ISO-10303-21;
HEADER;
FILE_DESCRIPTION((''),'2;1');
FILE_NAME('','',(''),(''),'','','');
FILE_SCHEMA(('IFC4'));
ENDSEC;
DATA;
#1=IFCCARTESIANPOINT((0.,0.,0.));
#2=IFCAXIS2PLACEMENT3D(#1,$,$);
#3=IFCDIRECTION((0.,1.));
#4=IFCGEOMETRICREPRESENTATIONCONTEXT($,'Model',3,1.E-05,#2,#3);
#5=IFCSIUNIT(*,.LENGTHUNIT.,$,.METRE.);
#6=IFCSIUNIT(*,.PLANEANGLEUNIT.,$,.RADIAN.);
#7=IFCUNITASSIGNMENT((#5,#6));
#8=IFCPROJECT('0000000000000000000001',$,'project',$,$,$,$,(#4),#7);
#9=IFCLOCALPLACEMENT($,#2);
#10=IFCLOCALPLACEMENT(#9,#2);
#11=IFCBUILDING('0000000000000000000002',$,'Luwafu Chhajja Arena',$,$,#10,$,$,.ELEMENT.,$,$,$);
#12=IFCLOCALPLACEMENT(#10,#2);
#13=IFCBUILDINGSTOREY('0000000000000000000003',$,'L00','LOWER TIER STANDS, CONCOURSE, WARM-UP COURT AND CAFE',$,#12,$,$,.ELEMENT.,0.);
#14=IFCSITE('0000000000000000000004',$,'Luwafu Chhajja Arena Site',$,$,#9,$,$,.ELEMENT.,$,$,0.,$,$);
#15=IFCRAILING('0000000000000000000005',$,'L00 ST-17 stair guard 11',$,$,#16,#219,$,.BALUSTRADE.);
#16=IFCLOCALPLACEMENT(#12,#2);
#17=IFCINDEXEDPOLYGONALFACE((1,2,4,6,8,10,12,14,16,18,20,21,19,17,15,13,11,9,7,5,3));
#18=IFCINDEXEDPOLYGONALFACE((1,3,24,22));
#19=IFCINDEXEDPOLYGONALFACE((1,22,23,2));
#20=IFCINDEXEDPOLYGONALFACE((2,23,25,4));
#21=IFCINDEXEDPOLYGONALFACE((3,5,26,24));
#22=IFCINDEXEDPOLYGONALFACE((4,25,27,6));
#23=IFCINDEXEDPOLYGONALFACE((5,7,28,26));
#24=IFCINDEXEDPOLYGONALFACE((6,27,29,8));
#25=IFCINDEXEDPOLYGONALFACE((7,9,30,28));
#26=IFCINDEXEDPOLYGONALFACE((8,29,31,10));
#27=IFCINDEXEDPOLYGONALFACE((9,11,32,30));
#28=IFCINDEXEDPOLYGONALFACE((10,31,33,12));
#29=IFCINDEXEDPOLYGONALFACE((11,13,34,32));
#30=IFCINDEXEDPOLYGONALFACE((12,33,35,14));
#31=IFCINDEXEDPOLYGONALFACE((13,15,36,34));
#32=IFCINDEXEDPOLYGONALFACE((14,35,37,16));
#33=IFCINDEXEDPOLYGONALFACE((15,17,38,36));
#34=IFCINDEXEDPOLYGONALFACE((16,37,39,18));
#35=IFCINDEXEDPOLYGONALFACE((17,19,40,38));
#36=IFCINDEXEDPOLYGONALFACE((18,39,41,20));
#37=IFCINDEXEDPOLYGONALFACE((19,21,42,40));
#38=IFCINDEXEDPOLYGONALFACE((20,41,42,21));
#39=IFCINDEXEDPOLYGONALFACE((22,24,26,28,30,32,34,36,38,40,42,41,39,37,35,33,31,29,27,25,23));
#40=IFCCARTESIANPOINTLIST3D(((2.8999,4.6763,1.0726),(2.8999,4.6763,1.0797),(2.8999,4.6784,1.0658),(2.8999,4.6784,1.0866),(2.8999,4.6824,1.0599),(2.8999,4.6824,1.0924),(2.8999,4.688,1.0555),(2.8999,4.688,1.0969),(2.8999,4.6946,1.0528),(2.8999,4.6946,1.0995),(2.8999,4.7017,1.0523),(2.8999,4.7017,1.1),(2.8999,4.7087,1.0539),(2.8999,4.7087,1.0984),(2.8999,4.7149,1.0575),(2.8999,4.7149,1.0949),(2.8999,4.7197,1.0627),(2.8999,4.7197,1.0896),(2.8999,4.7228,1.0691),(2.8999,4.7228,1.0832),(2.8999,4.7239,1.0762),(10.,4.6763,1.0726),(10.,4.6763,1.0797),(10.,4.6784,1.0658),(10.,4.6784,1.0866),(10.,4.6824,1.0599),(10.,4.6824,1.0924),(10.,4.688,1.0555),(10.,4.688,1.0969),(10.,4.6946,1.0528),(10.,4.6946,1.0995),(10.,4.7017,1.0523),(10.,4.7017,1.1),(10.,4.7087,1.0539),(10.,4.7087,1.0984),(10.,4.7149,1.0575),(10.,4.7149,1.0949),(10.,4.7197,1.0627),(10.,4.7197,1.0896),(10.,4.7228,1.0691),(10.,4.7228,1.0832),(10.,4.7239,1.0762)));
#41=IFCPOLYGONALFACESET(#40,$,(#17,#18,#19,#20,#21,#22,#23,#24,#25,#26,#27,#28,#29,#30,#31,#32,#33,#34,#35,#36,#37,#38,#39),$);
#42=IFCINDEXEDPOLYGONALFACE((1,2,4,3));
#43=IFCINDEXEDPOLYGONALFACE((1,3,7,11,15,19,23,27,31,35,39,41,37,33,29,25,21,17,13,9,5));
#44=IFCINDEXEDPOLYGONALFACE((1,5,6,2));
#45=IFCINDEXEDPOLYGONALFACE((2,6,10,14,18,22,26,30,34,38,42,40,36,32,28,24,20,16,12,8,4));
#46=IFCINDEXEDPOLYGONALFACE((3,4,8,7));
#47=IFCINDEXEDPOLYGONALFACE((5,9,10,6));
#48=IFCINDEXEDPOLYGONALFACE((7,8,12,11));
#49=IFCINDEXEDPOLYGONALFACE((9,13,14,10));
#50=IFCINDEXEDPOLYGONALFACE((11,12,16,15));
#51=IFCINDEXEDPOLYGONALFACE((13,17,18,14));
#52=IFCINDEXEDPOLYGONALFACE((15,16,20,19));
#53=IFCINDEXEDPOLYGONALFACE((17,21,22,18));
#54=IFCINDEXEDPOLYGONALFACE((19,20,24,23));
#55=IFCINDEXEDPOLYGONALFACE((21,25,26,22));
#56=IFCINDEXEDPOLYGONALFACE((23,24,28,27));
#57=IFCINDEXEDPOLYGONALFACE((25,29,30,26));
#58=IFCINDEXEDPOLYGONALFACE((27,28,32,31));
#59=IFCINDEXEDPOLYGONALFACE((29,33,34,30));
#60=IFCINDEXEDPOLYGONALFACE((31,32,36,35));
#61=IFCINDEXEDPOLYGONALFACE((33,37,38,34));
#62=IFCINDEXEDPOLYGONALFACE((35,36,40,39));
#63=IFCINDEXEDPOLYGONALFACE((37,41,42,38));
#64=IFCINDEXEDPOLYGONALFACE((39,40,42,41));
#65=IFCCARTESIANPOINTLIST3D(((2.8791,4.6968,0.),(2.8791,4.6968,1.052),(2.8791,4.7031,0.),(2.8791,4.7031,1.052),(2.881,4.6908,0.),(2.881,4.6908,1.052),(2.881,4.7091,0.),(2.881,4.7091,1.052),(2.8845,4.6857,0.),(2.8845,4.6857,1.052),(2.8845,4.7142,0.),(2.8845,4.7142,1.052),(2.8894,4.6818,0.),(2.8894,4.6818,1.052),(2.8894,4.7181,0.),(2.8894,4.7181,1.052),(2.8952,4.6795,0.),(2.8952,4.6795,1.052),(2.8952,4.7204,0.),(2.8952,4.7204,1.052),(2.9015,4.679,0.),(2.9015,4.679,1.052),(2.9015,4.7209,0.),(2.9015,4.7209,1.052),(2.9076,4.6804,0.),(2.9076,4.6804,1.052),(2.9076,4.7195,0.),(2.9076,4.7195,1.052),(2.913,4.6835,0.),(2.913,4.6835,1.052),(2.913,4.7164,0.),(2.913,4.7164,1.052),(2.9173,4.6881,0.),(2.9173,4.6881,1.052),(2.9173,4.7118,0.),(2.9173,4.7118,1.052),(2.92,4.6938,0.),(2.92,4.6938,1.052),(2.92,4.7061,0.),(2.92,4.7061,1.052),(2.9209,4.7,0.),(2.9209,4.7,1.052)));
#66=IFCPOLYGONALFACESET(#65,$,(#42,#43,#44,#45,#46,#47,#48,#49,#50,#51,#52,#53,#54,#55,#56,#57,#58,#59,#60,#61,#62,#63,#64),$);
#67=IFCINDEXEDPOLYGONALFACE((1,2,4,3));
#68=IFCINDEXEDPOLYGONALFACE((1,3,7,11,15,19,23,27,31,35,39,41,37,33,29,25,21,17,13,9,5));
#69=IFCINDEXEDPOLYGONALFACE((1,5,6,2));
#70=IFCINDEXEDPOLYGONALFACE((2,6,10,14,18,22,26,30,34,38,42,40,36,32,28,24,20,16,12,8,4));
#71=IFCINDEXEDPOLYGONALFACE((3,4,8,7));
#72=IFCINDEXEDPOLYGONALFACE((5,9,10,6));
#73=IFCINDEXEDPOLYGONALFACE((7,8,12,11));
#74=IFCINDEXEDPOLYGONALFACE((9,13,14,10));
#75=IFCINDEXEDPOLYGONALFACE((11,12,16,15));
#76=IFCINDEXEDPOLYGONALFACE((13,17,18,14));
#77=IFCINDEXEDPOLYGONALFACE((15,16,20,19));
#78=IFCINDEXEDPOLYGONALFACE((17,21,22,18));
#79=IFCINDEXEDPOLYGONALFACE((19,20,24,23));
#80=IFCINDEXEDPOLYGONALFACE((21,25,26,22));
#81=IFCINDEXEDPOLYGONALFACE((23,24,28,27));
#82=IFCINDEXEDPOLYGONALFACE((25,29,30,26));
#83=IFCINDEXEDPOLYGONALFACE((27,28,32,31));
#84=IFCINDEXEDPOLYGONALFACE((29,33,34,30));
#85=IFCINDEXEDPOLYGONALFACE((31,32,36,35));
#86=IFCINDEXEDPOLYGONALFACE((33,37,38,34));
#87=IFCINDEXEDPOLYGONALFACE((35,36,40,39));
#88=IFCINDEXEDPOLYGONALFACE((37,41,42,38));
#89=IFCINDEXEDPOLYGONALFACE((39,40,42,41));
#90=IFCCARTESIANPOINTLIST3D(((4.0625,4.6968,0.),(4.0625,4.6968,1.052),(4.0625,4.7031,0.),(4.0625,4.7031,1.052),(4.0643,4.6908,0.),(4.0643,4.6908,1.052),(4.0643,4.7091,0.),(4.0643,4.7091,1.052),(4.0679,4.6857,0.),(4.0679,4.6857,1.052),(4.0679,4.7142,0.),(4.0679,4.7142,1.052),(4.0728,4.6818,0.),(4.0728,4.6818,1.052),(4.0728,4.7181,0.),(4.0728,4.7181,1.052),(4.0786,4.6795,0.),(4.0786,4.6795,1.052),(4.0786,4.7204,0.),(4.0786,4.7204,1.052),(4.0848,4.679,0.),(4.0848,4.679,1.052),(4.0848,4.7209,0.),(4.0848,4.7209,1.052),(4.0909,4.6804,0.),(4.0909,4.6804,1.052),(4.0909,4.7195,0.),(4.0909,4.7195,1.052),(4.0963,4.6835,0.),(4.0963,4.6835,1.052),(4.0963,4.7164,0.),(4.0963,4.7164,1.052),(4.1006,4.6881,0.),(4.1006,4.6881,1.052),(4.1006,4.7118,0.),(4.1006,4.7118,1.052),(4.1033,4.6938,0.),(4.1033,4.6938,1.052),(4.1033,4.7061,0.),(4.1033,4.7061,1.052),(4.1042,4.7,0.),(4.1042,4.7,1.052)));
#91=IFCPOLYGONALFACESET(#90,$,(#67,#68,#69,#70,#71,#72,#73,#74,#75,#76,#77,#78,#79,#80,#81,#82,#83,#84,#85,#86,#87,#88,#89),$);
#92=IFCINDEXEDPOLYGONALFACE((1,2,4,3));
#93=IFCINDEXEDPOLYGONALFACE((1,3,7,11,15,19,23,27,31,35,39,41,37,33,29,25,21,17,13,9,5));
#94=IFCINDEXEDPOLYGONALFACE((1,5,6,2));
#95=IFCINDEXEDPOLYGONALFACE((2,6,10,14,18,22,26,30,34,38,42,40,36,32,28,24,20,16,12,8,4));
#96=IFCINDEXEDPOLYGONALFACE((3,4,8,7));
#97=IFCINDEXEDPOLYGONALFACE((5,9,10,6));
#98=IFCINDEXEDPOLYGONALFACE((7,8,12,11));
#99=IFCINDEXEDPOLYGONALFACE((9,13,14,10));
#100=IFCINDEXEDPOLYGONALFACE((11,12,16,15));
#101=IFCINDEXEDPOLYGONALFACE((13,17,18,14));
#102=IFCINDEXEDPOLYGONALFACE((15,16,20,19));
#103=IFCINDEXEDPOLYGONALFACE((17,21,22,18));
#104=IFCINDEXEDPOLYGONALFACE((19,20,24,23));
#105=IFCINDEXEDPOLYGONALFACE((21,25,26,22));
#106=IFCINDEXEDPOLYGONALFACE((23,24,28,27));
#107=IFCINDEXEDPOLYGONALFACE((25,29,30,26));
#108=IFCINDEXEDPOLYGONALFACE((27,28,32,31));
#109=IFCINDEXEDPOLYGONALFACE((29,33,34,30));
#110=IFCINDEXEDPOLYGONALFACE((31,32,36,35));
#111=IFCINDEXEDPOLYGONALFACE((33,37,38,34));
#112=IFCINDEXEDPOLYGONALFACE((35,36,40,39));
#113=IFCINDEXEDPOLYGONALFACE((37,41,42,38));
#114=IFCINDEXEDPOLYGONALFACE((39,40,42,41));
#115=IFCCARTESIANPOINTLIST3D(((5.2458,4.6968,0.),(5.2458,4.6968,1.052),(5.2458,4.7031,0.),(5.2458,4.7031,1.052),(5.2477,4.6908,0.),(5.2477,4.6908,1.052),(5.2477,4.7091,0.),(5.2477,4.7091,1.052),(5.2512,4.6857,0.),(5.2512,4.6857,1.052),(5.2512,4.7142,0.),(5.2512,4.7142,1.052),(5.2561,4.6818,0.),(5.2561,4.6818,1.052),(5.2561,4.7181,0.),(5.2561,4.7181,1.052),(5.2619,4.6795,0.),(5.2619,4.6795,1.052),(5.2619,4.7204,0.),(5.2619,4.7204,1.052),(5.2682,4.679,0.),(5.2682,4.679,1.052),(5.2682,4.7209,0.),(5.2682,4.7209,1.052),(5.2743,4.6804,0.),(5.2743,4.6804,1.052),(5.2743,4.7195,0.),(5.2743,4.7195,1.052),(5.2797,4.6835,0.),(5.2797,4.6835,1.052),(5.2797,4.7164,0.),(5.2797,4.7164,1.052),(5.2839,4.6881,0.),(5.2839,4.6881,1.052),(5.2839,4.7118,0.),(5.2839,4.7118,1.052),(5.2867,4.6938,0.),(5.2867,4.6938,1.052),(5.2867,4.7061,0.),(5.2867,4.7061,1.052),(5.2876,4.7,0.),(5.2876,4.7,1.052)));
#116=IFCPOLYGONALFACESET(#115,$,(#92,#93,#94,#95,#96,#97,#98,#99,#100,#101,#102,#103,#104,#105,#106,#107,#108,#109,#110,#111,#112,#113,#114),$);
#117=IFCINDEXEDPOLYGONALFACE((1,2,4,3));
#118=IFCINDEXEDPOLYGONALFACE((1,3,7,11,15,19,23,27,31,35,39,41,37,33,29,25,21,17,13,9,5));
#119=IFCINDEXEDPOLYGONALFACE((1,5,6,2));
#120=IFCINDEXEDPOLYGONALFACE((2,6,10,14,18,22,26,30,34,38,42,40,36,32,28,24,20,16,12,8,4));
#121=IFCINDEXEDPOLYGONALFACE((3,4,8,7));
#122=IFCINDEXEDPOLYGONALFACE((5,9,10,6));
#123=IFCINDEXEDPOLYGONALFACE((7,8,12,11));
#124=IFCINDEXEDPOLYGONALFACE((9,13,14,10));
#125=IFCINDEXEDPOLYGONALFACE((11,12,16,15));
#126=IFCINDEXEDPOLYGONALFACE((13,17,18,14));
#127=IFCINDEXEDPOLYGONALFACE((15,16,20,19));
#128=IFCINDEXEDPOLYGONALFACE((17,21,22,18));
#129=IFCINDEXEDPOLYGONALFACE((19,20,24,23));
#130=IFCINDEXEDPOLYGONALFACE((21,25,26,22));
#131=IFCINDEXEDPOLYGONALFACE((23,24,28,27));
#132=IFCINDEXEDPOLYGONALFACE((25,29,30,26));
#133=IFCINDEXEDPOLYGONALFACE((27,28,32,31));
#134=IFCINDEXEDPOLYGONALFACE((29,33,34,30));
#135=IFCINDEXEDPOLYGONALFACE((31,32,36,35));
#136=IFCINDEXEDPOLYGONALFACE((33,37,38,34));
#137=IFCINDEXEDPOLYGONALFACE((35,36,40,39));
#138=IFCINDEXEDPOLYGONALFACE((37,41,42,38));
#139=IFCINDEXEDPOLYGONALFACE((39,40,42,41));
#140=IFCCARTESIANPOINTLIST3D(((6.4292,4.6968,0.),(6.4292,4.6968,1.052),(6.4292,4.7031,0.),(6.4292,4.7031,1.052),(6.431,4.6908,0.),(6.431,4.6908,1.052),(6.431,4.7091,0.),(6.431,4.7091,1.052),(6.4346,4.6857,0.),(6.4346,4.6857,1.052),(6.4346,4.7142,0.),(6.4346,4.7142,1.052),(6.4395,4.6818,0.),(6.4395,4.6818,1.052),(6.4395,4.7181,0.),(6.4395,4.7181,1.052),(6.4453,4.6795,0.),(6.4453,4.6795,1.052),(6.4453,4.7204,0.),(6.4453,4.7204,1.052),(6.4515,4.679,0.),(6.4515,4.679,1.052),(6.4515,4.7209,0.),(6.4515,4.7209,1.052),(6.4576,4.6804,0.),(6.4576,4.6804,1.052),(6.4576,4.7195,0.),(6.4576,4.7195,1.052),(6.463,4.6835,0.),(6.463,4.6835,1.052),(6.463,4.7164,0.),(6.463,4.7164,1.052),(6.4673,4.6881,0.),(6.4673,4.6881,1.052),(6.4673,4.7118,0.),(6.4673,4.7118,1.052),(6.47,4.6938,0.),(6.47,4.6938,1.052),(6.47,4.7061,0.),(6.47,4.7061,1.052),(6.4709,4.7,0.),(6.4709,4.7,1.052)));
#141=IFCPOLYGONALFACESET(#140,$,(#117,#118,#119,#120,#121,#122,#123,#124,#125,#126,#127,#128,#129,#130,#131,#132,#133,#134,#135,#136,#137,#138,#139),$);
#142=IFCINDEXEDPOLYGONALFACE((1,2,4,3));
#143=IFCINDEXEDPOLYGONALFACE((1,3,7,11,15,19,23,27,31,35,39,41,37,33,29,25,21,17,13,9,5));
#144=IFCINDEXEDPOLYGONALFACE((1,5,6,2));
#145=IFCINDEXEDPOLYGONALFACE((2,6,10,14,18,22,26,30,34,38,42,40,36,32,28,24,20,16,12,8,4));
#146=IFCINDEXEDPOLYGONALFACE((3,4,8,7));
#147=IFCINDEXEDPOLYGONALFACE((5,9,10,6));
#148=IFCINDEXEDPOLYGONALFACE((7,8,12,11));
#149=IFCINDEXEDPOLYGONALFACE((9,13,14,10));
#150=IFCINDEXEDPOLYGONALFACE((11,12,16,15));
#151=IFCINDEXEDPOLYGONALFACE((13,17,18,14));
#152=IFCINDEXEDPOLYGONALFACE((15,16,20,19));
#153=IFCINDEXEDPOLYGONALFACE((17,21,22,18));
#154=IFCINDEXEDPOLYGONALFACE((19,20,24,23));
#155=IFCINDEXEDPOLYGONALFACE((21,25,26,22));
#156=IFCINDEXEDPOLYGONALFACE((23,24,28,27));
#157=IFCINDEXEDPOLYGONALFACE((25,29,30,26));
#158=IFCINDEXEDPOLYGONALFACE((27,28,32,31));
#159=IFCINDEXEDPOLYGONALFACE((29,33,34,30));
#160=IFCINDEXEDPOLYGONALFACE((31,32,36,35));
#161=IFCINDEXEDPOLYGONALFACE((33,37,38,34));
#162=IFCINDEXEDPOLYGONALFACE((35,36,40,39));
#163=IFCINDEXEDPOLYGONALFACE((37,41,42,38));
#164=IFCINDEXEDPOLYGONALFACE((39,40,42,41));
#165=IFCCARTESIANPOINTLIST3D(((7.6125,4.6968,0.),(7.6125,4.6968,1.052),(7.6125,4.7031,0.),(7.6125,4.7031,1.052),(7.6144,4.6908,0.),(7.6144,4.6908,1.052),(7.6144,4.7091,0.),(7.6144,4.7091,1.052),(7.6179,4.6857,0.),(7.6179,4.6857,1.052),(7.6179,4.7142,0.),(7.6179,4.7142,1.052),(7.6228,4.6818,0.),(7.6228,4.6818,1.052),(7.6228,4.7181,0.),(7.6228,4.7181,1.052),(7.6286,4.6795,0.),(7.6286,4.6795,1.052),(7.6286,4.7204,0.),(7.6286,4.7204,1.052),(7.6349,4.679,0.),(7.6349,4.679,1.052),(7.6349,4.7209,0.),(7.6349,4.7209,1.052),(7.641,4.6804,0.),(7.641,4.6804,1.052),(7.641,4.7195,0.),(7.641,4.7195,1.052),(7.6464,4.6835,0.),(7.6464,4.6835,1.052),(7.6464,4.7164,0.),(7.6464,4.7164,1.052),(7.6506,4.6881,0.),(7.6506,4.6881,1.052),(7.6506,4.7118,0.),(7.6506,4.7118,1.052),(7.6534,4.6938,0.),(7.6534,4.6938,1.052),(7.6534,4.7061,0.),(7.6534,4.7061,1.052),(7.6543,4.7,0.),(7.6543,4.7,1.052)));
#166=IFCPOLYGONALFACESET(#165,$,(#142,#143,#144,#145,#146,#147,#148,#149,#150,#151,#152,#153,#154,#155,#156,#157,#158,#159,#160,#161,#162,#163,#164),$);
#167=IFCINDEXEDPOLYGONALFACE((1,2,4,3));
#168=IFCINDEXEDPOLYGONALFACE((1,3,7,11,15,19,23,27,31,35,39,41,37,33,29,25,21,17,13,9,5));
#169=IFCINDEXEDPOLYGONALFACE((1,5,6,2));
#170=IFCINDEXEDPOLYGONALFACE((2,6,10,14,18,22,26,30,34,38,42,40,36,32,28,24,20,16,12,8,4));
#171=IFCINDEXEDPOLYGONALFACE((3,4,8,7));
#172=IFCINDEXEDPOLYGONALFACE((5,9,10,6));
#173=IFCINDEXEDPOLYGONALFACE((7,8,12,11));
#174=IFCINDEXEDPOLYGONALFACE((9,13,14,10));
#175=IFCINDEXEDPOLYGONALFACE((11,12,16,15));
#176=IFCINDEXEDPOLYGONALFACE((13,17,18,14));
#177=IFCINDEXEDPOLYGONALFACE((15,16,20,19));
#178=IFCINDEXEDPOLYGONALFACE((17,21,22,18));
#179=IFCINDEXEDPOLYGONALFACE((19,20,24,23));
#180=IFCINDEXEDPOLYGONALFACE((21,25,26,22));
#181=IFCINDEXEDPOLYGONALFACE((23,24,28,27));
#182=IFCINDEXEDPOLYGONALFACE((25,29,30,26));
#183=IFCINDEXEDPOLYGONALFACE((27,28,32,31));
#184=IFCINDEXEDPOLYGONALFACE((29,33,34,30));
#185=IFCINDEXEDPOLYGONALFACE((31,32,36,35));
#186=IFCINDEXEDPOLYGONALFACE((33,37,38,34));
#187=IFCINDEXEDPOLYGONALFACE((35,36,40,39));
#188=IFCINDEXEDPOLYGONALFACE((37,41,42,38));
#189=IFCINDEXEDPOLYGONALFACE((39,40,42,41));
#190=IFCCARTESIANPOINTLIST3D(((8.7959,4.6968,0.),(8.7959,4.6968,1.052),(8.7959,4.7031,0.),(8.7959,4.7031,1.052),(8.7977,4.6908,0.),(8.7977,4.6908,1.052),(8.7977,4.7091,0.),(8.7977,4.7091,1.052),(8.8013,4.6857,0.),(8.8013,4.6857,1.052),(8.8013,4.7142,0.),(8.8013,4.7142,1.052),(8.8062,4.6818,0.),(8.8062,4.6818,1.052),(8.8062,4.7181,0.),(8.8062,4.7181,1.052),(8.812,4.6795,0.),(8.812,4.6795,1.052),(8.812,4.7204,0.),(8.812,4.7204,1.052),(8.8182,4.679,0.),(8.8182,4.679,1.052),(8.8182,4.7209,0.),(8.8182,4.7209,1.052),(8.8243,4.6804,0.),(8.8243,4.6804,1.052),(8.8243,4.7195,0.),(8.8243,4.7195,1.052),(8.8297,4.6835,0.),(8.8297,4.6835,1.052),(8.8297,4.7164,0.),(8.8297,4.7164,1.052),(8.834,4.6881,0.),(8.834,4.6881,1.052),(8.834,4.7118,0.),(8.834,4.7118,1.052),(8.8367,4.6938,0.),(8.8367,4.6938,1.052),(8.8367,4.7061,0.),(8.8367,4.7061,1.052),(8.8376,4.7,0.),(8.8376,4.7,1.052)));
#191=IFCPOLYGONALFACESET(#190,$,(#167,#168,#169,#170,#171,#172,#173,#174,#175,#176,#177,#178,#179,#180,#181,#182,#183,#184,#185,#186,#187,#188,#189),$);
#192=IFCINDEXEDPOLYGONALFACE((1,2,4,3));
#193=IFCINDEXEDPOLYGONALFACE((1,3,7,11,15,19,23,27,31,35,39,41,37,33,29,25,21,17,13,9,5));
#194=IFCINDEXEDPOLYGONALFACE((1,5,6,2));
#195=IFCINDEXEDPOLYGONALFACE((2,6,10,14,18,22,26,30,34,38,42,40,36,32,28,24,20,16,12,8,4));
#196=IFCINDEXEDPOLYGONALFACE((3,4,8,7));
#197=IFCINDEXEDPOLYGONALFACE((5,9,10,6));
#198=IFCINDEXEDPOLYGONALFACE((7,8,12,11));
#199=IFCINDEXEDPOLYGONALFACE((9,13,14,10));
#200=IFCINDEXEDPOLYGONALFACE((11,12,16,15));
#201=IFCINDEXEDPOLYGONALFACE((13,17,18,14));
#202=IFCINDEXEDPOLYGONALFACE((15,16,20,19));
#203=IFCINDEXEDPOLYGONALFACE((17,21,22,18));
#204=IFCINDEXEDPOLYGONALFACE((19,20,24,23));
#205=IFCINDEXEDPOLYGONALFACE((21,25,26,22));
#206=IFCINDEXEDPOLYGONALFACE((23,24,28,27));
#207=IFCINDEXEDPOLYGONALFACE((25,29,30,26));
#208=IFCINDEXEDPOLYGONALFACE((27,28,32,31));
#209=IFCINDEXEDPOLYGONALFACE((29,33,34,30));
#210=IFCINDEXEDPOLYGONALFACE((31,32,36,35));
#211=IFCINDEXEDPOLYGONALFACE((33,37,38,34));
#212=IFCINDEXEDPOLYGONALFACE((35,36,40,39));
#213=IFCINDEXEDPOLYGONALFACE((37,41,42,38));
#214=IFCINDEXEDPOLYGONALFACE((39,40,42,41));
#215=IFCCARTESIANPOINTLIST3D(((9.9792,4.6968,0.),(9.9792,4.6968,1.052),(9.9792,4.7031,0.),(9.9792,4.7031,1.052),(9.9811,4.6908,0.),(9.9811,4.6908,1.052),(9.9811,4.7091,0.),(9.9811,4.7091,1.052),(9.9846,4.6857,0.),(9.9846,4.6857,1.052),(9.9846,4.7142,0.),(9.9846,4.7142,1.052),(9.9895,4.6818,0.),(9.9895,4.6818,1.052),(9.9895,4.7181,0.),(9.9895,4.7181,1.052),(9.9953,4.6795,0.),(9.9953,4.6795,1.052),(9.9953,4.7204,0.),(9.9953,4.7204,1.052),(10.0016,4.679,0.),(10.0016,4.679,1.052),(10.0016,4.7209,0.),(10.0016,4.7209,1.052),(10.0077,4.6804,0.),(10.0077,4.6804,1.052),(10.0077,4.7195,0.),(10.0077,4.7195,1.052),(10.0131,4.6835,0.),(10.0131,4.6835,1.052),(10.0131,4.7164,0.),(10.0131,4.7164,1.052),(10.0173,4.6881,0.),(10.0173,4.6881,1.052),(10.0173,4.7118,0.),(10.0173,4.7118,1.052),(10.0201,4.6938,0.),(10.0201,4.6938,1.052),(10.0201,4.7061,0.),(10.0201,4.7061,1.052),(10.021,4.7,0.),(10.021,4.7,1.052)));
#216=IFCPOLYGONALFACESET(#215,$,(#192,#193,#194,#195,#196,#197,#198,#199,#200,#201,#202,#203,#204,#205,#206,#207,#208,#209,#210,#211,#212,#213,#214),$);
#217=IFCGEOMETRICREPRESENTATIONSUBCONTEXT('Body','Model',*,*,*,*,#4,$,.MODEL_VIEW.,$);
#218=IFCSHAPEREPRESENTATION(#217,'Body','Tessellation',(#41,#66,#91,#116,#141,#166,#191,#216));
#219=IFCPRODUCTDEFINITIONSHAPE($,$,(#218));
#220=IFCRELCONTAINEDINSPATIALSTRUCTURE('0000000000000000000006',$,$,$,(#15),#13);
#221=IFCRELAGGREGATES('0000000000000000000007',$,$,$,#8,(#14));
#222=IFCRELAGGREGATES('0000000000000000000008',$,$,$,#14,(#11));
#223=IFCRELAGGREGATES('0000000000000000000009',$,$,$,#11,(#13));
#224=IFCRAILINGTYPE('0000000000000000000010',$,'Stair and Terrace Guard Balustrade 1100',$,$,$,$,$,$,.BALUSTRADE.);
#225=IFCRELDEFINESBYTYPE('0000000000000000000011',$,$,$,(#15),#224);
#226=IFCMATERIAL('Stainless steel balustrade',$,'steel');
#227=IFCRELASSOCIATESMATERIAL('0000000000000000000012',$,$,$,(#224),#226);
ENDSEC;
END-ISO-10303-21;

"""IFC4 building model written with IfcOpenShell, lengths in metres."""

from ifc_helpers import new_model, si_unit, direction, frame, origin, origin_2d, place, context, subcontext, project, spatial, circle, extrude, material, type_object, element, save


model = new_model("IFC4")

# Units and contexts
model_context = context("Model", 3, precision=1e-05, world=origin(), true_north=direction((0.0, 1.0)))
body_context = subcontext(model_context, "Body", "Model", "MODEL_VIEW")
ifc_project = project(units=[si_unit("LENGTHUNIT", "METRE"), si_unit("PLANEANGLEUNIT", "RADIAN")], contexts=[model_context])

# Site, building, storey
site_placement = place(None, origin())
site = spatial("IfcSite", under=ifc_project, at=site_placement, Name="Luwafu Chhajja Arena Site", CompositionType="ELEMENT", RefElevation=0.0)
building_placement = place(site_placement, origin())
building = spatial("IfcBuilding", under=site, at=building_placement, Name="Luwafu Chhajja Arena", CompositionType="ELEMENT")
storey_placement = place(building_placement, origin())
storey = spatial("IfcBuildingStorey", under=building, at=storey_placement, Name="L00", Description="LOWER TIER STANDS, CONCOURSE, WARM-UP COURT AND CAFE", CompositionType="ELEMENT", Elevation=0.0)

# Railing
ifc_material_1 = material(Name="Stainless steel balustrade", Category="steel")
railing_type_1 = type_object("IfcRailingType", Name="Stair and Terrace Guard Balustrade 1100", PredefinedType="BALUSTRADE", material=ifc_material_1)
for number, where, name in (
    (1, (2.8999, 4.7, 0.0), "L00 ST-17 stair guard 11"),
):
    element("IfcRailing", number, at=place(storey_placement, frame(where)), inside=storey, type_object=railing_type_1, Name=name, PredefinedType="BALUSTRADE", context=body_context, shape_type="SweptSolid", body=[
        extrude(circle(Radius=0.0239, at=origin_2d()), frame((0.0, 0.0, 1.0762), z_axis=(1.0, 0.0, 0.0), x_axis=(0.0, 1.0, 0.0)), (0.0, 0.0, 1.0), 7.1001),
        extrude(circle(Radius=0.021, at=origin_2d()), origin(), (0.0, 0.0, 1.0), 1.052),
        extrude(circle(Radius=0.021, at=origin_2d()), frame((1.1833, 0.0, 0.0)), (0.0, 0.0, 1.0), 1.052),
        extrude(circle(Radius=0.021, at=origin_2d()), frame((2.3667, 0.0, 0.0)), (0.0, 0.0, 1.0), 1.052),
        extrude(circle(Radius=0.021, at=origin_2d()), frame((3.55, 0.0, 0.0)), (0.0, 0.0, 1.0), 1.052),
        extrude(circle(Radius=0.021, at=origin_2d()), frame((4.7334, 0.0, 0.0)), (0.0, 0.0, 1.0), 1.052),
        extrude(circle(Radius=0.021, at=origin_2d()), frame((5.9167, 0.0, 0.0)), (0.0, 0.0, 1.0), 1.052),
        extrude(circle(Radius=0.021, at=origin_2d()), frame((7.1001, 0.0, 0.0)), (0.0, 0.0, 1.0), 1.052),
    ])

save(model, "model.ifc")
